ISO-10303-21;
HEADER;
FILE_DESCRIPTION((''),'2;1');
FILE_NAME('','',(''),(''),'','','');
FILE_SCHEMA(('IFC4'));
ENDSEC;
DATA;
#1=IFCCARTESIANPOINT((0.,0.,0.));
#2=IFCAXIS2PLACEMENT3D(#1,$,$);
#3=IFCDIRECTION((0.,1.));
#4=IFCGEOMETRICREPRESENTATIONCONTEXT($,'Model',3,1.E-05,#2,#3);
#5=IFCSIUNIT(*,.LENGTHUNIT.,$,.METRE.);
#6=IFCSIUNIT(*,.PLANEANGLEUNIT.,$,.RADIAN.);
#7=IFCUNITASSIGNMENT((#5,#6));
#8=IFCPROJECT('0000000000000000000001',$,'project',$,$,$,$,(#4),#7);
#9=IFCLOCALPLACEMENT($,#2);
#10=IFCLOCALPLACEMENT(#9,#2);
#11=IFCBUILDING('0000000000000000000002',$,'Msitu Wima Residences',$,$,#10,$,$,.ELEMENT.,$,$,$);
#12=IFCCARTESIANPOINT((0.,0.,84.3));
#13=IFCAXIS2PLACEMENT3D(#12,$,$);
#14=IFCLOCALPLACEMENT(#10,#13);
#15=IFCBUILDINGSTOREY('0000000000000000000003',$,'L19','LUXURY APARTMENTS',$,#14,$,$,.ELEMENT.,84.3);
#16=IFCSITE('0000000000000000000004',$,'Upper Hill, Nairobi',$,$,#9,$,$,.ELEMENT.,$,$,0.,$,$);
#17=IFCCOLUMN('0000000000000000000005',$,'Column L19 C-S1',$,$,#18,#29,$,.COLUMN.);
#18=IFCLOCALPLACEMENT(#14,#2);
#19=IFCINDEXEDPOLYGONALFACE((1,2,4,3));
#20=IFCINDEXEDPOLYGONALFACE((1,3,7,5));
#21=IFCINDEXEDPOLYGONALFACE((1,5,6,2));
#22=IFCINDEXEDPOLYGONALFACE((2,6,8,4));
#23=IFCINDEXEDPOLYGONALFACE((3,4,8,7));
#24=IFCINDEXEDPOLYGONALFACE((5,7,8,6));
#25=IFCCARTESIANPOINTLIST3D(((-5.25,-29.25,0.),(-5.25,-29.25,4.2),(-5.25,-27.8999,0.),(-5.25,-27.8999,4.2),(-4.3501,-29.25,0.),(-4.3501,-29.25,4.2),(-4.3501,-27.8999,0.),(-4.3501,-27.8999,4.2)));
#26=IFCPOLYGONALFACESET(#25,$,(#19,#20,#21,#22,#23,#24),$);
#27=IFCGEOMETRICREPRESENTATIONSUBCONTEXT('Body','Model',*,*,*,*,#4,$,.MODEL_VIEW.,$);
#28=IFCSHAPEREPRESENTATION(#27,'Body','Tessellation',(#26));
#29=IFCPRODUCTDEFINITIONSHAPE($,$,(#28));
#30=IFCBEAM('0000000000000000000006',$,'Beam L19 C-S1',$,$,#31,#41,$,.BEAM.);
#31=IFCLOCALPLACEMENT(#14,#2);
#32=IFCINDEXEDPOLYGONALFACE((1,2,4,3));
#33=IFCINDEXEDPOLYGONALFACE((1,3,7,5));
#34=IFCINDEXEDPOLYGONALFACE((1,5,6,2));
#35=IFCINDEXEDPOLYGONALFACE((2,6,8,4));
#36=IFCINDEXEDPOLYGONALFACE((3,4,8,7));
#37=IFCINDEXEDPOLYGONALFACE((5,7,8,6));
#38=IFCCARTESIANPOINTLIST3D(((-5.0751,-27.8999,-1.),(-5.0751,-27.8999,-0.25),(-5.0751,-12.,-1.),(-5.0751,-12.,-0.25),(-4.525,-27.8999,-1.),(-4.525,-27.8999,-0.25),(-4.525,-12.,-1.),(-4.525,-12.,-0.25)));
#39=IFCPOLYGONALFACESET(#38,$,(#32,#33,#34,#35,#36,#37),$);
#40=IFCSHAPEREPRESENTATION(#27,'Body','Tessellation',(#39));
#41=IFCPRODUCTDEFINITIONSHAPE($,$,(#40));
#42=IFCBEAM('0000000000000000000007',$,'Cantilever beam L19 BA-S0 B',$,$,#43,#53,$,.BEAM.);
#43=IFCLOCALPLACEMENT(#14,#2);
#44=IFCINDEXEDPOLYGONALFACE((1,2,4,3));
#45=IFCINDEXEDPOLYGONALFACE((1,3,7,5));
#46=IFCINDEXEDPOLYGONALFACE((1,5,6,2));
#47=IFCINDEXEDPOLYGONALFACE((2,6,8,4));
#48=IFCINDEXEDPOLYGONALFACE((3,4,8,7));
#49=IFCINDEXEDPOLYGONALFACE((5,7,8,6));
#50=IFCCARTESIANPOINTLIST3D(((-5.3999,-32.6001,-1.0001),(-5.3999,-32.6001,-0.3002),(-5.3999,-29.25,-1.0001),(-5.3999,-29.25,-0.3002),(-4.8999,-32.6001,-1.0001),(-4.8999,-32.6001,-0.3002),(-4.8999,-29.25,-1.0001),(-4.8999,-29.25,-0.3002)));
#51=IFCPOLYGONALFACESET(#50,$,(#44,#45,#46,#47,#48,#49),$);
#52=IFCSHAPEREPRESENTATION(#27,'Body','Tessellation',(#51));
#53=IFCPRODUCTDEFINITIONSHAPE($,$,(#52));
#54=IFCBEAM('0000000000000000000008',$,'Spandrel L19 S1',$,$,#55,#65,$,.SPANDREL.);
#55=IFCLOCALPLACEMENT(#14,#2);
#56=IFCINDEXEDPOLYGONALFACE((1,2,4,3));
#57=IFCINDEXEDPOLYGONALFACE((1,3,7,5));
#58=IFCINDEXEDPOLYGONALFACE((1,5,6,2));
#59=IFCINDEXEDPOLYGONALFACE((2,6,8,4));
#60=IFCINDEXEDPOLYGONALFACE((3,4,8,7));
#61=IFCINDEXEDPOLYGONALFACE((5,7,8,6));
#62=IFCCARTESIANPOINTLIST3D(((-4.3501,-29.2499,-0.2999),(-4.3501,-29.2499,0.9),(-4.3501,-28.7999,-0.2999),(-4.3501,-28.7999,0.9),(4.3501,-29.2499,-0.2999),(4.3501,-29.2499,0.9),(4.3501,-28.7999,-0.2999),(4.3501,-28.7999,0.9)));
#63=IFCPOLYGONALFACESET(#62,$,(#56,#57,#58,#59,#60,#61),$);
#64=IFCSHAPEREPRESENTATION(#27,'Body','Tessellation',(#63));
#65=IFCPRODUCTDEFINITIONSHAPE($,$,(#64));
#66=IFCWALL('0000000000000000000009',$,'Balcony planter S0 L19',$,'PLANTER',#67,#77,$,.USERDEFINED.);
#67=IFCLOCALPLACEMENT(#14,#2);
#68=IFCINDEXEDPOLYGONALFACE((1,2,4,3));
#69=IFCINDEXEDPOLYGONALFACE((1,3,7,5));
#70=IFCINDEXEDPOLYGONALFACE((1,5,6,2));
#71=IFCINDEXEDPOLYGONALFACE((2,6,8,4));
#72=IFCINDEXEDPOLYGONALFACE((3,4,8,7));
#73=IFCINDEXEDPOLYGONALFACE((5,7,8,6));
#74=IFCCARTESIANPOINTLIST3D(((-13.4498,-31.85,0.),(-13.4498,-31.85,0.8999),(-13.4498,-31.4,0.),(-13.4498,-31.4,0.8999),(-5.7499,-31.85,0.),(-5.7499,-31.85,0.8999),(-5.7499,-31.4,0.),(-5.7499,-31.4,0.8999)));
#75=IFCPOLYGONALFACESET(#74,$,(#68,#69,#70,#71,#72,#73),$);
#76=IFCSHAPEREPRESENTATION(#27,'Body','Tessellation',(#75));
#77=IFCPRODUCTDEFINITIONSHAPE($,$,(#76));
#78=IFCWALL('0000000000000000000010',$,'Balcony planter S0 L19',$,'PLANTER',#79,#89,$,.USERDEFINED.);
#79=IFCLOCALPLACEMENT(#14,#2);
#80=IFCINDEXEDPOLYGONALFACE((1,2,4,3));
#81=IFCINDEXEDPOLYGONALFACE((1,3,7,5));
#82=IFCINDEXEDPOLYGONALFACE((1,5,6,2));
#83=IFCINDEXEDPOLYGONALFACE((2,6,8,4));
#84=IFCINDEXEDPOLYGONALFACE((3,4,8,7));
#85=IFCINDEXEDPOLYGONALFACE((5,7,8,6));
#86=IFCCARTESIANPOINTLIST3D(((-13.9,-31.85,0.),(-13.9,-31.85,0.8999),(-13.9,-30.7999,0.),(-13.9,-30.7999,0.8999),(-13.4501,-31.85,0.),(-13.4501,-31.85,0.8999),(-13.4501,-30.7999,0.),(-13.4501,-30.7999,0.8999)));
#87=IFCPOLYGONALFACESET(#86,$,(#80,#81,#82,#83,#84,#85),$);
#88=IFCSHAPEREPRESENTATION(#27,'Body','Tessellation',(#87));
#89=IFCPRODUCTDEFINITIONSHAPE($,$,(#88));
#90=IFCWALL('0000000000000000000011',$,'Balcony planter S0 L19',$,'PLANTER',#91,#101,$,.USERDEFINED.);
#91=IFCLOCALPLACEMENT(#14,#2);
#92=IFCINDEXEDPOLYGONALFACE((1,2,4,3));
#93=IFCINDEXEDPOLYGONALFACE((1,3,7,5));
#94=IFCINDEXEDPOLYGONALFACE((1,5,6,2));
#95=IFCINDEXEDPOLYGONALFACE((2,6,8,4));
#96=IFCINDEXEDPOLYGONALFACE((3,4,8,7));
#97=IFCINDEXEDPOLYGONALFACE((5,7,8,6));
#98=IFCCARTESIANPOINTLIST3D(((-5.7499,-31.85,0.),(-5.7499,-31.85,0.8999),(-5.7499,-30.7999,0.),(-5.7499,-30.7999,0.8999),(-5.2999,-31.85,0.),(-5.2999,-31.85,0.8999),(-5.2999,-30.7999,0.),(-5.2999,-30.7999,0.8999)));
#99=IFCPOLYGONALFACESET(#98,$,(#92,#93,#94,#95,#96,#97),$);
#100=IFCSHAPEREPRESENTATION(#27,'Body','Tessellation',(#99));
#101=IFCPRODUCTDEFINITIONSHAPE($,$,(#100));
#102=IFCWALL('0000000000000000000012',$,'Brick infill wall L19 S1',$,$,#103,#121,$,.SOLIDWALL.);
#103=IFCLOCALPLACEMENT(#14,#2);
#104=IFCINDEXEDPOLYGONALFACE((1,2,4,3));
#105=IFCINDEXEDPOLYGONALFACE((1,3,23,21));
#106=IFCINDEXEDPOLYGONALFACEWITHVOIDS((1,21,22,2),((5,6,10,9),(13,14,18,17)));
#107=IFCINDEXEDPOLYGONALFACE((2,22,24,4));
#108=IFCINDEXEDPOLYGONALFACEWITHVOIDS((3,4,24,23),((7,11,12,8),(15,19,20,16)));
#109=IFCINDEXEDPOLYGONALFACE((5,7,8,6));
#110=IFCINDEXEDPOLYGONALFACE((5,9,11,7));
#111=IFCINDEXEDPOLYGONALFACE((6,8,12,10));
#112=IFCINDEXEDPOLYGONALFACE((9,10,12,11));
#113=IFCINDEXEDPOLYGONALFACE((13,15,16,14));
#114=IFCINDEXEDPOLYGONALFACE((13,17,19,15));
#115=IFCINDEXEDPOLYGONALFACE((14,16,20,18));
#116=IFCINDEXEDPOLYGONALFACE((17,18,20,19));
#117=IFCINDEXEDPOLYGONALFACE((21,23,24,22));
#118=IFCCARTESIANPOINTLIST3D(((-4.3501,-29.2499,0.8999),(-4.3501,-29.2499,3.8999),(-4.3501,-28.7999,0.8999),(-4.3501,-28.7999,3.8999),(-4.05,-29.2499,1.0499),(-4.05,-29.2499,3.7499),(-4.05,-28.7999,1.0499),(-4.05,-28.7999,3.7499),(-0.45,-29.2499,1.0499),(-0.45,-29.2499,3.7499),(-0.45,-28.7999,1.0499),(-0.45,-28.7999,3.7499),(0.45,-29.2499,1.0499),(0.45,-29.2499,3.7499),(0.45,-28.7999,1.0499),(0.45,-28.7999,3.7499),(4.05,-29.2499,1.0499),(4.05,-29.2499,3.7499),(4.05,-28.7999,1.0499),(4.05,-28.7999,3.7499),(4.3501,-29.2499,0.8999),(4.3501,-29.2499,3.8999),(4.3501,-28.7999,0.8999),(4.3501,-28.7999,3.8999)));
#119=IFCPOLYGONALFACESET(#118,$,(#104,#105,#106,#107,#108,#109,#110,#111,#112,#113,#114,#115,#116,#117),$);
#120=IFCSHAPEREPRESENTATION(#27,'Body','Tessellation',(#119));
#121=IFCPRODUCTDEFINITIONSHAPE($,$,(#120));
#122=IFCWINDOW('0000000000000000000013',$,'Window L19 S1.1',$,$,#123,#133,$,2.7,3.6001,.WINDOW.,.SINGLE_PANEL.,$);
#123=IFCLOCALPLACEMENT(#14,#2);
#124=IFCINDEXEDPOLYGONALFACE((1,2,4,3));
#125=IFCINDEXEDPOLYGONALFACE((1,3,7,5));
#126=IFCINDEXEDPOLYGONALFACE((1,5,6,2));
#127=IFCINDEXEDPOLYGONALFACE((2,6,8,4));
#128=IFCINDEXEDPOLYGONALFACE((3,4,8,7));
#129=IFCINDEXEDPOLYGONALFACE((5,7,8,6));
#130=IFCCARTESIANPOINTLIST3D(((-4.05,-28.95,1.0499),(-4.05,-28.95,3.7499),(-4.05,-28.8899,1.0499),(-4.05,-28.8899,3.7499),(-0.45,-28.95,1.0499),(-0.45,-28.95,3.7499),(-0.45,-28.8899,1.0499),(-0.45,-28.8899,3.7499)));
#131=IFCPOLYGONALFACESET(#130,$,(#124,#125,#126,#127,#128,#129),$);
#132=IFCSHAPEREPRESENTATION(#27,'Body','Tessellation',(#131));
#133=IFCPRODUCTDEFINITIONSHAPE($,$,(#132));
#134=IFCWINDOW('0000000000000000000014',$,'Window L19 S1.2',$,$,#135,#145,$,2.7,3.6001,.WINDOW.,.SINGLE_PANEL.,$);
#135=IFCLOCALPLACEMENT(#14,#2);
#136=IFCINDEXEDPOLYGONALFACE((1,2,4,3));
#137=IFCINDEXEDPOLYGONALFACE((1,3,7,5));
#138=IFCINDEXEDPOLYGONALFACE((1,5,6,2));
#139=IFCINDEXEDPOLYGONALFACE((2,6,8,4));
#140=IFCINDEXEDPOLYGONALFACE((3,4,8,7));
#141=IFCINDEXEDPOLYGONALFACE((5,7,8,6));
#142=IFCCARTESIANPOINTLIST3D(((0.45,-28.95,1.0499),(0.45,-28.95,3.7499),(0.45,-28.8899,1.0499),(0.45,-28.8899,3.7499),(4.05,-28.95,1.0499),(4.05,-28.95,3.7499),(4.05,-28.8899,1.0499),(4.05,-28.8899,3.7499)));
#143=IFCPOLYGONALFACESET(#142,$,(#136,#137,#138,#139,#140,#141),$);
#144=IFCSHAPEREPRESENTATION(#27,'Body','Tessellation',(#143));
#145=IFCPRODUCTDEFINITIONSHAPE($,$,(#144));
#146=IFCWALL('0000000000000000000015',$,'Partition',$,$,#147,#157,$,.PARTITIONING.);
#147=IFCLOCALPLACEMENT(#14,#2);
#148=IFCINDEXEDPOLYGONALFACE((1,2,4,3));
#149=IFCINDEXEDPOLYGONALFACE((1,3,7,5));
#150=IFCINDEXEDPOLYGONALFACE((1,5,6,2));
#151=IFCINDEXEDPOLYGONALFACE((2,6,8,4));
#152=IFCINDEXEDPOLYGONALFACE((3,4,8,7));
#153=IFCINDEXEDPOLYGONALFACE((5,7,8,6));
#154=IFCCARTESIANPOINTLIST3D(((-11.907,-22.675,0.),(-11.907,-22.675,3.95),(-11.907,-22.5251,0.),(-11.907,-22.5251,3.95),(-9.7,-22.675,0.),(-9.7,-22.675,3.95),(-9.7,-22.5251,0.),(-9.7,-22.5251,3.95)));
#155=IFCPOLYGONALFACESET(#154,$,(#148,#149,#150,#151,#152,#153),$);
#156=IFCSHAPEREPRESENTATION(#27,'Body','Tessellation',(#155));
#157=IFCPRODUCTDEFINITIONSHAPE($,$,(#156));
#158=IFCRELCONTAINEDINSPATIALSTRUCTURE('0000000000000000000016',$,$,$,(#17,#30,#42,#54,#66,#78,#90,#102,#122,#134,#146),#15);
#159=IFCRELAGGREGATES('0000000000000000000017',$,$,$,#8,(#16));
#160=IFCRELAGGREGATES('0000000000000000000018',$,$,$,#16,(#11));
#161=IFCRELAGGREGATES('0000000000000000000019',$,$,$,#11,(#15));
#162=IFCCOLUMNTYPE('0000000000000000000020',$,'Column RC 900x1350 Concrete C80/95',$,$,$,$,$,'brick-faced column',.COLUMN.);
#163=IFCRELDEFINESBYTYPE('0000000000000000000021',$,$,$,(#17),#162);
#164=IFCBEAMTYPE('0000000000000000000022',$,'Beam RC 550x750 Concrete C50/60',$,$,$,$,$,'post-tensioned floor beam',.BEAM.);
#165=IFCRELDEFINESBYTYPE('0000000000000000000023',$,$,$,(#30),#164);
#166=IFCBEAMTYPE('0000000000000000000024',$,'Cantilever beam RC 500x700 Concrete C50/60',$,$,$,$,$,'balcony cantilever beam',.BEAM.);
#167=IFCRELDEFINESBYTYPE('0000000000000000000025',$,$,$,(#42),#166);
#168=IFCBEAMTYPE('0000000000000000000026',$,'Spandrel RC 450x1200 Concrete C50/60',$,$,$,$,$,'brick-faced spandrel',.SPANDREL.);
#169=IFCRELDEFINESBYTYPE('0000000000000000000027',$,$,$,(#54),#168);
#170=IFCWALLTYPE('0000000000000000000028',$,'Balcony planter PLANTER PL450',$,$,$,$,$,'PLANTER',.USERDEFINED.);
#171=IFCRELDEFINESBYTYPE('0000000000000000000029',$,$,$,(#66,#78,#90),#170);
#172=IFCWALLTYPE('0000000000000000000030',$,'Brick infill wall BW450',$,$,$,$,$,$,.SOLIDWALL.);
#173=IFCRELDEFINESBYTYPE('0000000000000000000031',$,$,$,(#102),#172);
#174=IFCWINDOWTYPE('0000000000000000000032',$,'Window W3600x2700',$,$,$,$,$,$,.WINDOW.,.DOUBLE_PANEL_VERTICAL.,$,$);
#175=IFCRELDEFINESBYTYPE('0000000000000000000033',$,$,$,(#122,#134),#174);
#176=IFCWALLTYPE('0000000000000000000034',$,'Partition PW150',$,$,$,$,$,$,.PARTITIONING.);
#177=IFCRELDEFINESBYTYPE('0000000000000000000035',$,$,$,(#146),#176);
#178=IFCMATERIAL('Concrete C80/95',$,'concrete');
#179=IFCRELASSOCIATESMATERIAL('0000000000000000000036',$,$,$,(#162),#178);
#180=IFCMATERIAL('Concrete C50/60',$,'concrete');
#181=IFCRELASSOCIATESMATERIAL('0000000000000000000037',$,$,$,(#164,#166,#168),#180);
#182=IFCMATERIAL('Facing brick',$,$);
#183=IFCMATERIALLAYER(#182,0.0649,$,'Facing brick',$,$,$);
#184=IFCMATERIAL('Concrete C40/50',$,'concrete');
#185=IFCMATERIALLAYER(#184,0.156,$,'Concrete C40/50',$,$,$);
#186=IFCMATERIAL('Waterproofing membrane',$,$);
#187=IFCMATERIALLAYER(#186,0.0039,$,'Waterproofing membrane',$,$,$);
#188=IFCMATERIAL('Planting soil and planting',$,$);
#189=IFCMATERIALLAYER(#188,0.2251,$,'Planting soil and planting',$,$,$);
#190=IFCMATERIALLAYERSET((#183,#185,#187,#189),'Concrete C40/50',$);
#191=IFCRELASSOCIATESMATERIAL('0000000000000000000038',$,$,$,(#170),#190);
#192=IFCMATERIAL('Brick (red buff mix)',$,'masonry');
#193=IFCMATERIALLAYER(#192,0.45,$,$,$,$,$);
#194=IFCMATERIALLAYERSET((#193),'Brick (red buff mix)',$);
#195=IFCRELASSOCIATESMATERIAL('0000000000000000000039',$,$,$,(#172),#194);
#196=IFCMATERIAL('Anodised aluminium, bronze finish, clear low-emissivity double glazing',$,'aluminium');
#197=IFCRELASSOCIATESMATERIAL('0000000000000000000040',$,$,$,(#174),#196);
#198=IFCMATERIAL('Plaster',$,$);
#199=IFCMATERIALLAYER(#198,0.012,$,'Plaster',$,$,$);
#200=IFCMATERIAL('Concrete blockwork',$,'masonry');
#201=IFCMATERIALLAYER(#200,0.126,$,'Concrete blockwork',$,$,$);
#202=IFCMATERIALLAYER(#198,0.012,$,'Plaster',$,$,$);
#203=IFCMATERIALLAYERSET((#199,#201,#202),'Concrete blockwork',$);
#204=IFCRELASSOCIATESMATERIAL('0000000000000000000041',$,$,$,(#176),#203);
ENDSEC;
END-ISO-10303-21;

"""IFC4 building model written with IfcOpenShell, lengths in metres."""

from ifc_helpers import new_model, si_unit, direction, frame, frame_2d, origin, origin_2d, place, context, subcontext, project, spatial, rectangle, extrude, material, layer, layer_set, material_profile, profile_set, type_object, element, fill, save


model = new_model("IFC4")

# Units and contexts
model_context = context("Model", 3, precision=1e-05, world=origin(), true_north=direction((0.0, 1.0)))
body_context = subcontext(model_context, "Body", "Model", "MODEL_VIEW")
ifc_project = project(units=[si_unit("LENGTHUNIT", "METRE"), si_unit("PLANEANGLEUNIT", "RADIAN")], contexts=[model_context])

# Site, building, storey
site_placement = place(None, origin())
site = spatial("IfcSite", under=ifc_project, at=site_placement, Name="Upper Hill, Nairobi", CompositionType="ELEMENT", RefElevation=0.0)
building_placement = place(site_placement, origin())
building = spatial("IfcBuilding", under=site, at=building_placement, Name="Msitu Wima Residences", CompositionType="ELEMENT")
storey_placement = place(building_placement, frame((0.0, 0.0, 84.3)))
storey = spatial("IfcBuildingStorey", under=building, at=storey_placement, Name="L19", Description="LUXURY APARTMENTS", CompositionType="ELEMENT", Elevation=84.3)

# Column
ifc_material_1 = material(Name="Concrete C80/95", Category="concrete")
ifc_material_profile_1 = material_profile(ifc_material_1, rectangle(XDim=0.8999, YDim=1.3501, at=origin_2d()), Name="RC 900x1350")
ifc_profile_set_1 = profile_set([ifc_material_profile_1], Name="Concrete C80/95")
column_type = type_object("IfcColumnType", Name="Column RC 900x1350 Concrete C80/95", ElementType="brick-faced column", PredefinedType="COLUMN", material=ifc_profile_set_1)
column_placement = place(storey_placement, frame((-4.8, -28.575, 0.0), z_axis=(0.0, 0.0, 1.0), x_axis=(1.0, 0.0, 0.0)))
element("IfcColumn", 1, at=column_placement, inside=storey, type_object=column_type, Name="Column L19 C-S1", PredefinedType="COLUMN", context=body_context, shape_type="SweptSolid", body=[
    extrude(rectangle(XDim=0.8999, YDim=1.3501, at=origin_2d()), origin(), (0.0, 0.0, 1.0), 4.2),
])

# Beams
ifc_material_2 = material(Name="Concrete C50/60", Category="concrete")
ifc_material_profile_2 = material_profile(ifc_material_2, rectangle(XDim=0.55, YDim=0.75, at=origin_2d()), Name="RC 550x750")
ifc_profile_set_2 = profile_set([ifc_material_profile_2], Name="Concrete C50/60")
beam_type_1 = type_object("IfcBeamType", Name="Beam RC 550x750 Concrete C50/60", ElementType="post-tensioned floor beam", PredefinedType="BEAM", material=ifc_profile_set_2)
beam_1_placement = place(storey_placement, frame((-4.8, -27.8999, -0.625), z_axis=(0.0, 1.0, 0.0), x_axis=(-1.0, 0.0, 0.0)))
element("IfcBeam", 2, at=beam_1_placement, inside=storey, type_object=beam_type_1, Name="Beam L19 C-S1", PredefinedType="BEAM", context=body_context, shape_type="SweptSolid", body=[
    extrude(rectangle(XDim=0.55, YDim=0.75, at=origin_2d()), origin(), (0.0, 0.0, 1.0), 15.8999),
])
ifc_material_profile_3 = material_profile(ifc_material_2, rectangle(XDim=0.5, YDim=0.7, at=origin_2d()), Name="RC 500x700")
ifc_profile_set_3 = profile_set([ifc_material_profile_3], Name="Concrete C50/60")
beam_type_2 = type_object("IfcBeamType", Name="Cantilever beam RC 500x700 Concrete C50/60", ElementType="balcony cantilever beam", PredefinedType="BEAM", material=ifc_profile_set_3)
beam_2_placement = place(storey_placement, frame((-5.1499, -29.25, -0.6501), z_axis=(0.0, -1.0, 0.0), x_axis=(1.0, 0.0, 0.0)))
element("IfcBeam", 3, at=beam_2_placement, inside=storey, type_object=beam_type_2, Name="Cantilever beam L19 BA-S0 B", PredefinedType="BEAM", context=body_context, shape_type="SweptSolid", body=[
    extrude(rectangle(XDim=0.5, YDim=0.7, at=origin_2d()), origin(), (0.0, 0.0, 1.0), 3.3501),
])
ifc_material_profile_4 = material_profile(ifc_material_2, rectangle(XDim=0.45, YDim=1.2, at=origin_2d()), Name="RC 450x1200")
ifc_profile_set_4 = profile_set([ifc_material_profile_4], Name="Concrete C50/60")
beam_type_3 = type_object("IfcBeamType", Name="Spandrel RC 450x1200 Concrete C50/60", ElementType="brick-faced spandrel", PredefinedType="SPANDREL", material=ifc_profile_set_4)
beam_3_placement = place(storey_placement, frame((-4.3501, -29.0249, 0.3), z_axis=(1.0, 0.0, 0.0), x_axis=(0.0, 1.0, 0.0)))
element("IfcBeam", 4, at=beam_3_placement, inside=storey, type_object=beam_type_3, Name="Spandrel L19 S1", PredefinedType="SPANDREL", context=body_context, shape_type="SweptSolid", body=[
    extrude(rectangle(XDim=0.45, YDim=1.2, at=origin_2d()), origin(), (0.0, 0.0, 1.0), 8.7002),
])

# Walls
ifc_material_3 = material(Name="Facing brick")
ifc_layer_1 = layer(ifc_material_3, 0.0649, Name="Facing brick")
ifc_material_4 = material(Name="Concrete C40/50", Category="concrete")
ifc_layer_2 = layer(ifc_material_4, 0.156, Name="Concrete C40/50")
ifc_material_5 = material(Name="Waterproofing membrane")
ifc_layer_3 = layer(ifc_material_5, 0.0039, Name="Waterproofing membrane")
ifc_material_6 = material(Name="Planting soil and planting")
ifc_layer_4 = layer(ifc_material_6, 0.2251, Name="Planting soil and planting")
ifc_layer_set_1 = layer_set([ifc_layer_1, ifc_layer_2, ifc_layer_3, ifc_layer_4], Name="Concrete C40/50")
wall_type_1 = type_object("IfcWallType", Name="Balcony planter PLANTER PL450", ElementType="PLANTER", PredefinedType="USERDEFINED", material=ifc_layer_set_1)
wall_1_placement = place(storey_placement, frame((-13.45, -31.625, 0.0), z_axis=(0.0, 0.0, 1.0), x_axis=(1.0, 0.0, 0.0)))
element("IfcWall", 5, at=wall_1_placement, inside=storey, type_object=wall_type_1, Name="Balcony planter S0 L19", ObjectType="PLANTER", PredefinedType="USERDEFINED", context=body_context, shape_type="SweptSolid", body=[
    extrude(rectangle(XDim=7.7, YDim=0.45, at=frame_2d((3.8501, 0.0))), origin(), (0.0, 0.0, 1.0), 0.8999),
])
for number, where, z_axis, x_axis, name in (
    (6, (-13.675, -30.8, 0.0), (0.0, 0.0, 1.0), (0.0, -1.0, 0.0), "Balcony planter S0 L19"),
    (7, (-5.5249, -30.8, 0.0), (0.0, 0.0, 1.0), (0.0, -1.0, 0.0), "Balcony planter S0 L19"),
):
    element("IfcWall", number, at=place(storey_placement, frame(where, z_axis=z_axis, x_axis=x_axis)), inside=storey, type_object=wall_type_1, Name=name, ObjectType="PLANTER", PredefinedType="USERDEFINED", context=body_context, shape_type="SweptSolid", body=[
        extrude(rectangle(XDim=1.05, YDim=0.45, at=frame_2d((0.5249, 0.0))), origin(), (0.0, 0.0, 1.0), 0.8999),
    ])

# Wall, openings, windows
ifc_material_7 = material(Name="Brick (red buff mix)", Category="masonry")
ifc_layer_5 = layer(ifc_material_7, 0.45)
ifc_layer_set_2 = layer_set([ifc_layer_5], Name="Brick (red buff mix)")
wall_type_2 = type_object("IfcWallType", Name="Brick infill wall BW450", PredefinedType="SOLIDWALL", material=ifc_layer_set_2)
wall_2_placement = place(storey_placement, frame((-4.3501, -29.0249, 0.8999), z_axis=(0.0, 0.0, 1.0), x_axis=(1.0, 0.0, 0.0)))
wall_2 = element("IfcWall", 8, at=wall_2_placement, inside=storey, type_object=wall_type_2, Name="Brick infill wall L19 S1", PredefinedType="SOLIDWALL", context=body_context, shape_type="SweptSolid", body=[
    extrude(rectangle(XDim=8.7002, YDim=0.45, at=frame_2d((4.3501, 0.0))), origin(), (0.0, 0.0, 1.0), 3.0),
])
opening_1_placement = place(wall_2_placement, frame((0.3, 0.0, 0.1499)))
opening_1 = element("IfcOpeningElement", 9, at=opening_1_placement, cuts=wall_2, PredefinedType="OPENING", context=body_context, shape_type="SweptSolid", body=[
    extrude(rectangle(XDim=3.6001, YDim=2.7, at=frame_2d((1.8, 1.3501))), frame((0.0, 0.2349, 0.0), z_axis=(0.0, -1.0, 0.0), x_axis=(1.0, 0.0, 0.0)), (0.0, 0.0, 1.0), 0.47),
])
opening_2_placement = place(wall_2_placement, frame((4.8, 0.0, 0.1499)))
opening_2 = element("IfcOpeningElement", 10, at=opening_2_placement, cuts=wall_2, PredefinedType="OPENING", context=body_context, shape_type="SweptSolid", body=[
    extrude(rectangle(XDim=3.6001, YDim=2.7, at=frame_2d((1.8, 1.3501))), frame((0.0, 0.2349, 0.0), z_axis=(0.0, -1.0, 0.0), x_axis=(1.0, 0.0, 0.0)), (0.0, 0.0, 1.0), 0.47),
])
ifc_material_8 = material(Name="Anodised aluminium, bronze finish, clear low-emissivity double glazing", Category="aluminium")
window_type = type_object("IfcWindowType", Name="Window W3600x2700", PartitioningType="DOUBLE_PANEL_VERTICAL", PredefinedType="WINDOW", material=ifc_material_8)
window_1_placement = place(opening_1_placement, origin())
window_1 = element("IfcWindow", 11, at=window_1_placement, inside=storey, type_object=window_type, Name="Window L19 S1.1", OverallHeight=2.7, OverallWidth=3.6001, PartitioningType="SINGLE_PANEL", PredefinedType="WINDOW", context=body_context, shape_type="SweptSolid", body=[
    extrude(rectangle(XDim=3.6001, YDim=2.7, at=frame_2d((1.8, 1.3501))), frame((0.0, 0.135, 0.0), z_axis=(0.0, -1.0, 0.0), x_axis=(1.0, 0.0, 0.0)), (0.0, 0.0, 1.0), 0.0601),
])
fill(opening_1, window_1)
window_2_placement = place(opening_2_placement, origin())
window_2 = element("IfcWindow", 12, at=window_2_placement, inside=storey, type_object=window_type, Name="Window L19 S1.2", OverallHeight=2.7, OverallWidth=3.6001, PartitioningType="SINGLE_PANEL", PredefinedType="WINDOW", context=body_context, shape_type="SweptSolid", body=[
    extrude(rectangle(XDim=3.6001, YDim=2.7, at=frame_2d((1.8, 1.3501))), frame((0.0, 0.135, 0.0), z_axis=(0.0, -1.0, 0.0), x_axis=(1.0, 0.0, 0.0)), (0.0, 0.0, 1.0), 0.0601),
])
fill(opening_2, window_2)

# Wall
ifc_material_9 = material(Name="Plaster")
ifc_layer_6 = layer(ifc_material_9, 0.012, Name="Plaster")
ifc_material_10 = material(Name="Concrete blockwork", Category="masonry")
ifc_layer_7 = layer(ifc_material_10, 0.126, Name="Concrete blockwork")
ifc_layer_8 = layer(ifc_material_9, 0.012, Name="Plaster")
ifc_layer_set_3 = layer_set([ifc_layer_6, ifc_layer_7, ifc_layer_8], Name="Concrete blockwork")
wall_type_3 = type_object("IfcWallType", Name="Partition PW150", PredefinedType="PARTITIONING", material=ifc_layer_set_3)
wall_3_placement = place(storey_placement, frame((-11.907, -22.6001, 0.0), z_axis=(0.0, 0.0, 1.0), x_axis=(1.0, 0.0, 0.0)))
element("IfcWall", 13, at=wall_3_placement, inside=storey, type_object=wall_type_3, Name="Partition", PredefinedType="PARTITIONING", context=body_context, shape_type="SweptSolid", body=[
    extrude(rectangle(XDim=2.207, YDim=0.1499, at=frame_2d((1.1035, 0.0))), origin(), (0.0, 0.0, 1.0), 3.95),
])

save(model, "model.ifc")
